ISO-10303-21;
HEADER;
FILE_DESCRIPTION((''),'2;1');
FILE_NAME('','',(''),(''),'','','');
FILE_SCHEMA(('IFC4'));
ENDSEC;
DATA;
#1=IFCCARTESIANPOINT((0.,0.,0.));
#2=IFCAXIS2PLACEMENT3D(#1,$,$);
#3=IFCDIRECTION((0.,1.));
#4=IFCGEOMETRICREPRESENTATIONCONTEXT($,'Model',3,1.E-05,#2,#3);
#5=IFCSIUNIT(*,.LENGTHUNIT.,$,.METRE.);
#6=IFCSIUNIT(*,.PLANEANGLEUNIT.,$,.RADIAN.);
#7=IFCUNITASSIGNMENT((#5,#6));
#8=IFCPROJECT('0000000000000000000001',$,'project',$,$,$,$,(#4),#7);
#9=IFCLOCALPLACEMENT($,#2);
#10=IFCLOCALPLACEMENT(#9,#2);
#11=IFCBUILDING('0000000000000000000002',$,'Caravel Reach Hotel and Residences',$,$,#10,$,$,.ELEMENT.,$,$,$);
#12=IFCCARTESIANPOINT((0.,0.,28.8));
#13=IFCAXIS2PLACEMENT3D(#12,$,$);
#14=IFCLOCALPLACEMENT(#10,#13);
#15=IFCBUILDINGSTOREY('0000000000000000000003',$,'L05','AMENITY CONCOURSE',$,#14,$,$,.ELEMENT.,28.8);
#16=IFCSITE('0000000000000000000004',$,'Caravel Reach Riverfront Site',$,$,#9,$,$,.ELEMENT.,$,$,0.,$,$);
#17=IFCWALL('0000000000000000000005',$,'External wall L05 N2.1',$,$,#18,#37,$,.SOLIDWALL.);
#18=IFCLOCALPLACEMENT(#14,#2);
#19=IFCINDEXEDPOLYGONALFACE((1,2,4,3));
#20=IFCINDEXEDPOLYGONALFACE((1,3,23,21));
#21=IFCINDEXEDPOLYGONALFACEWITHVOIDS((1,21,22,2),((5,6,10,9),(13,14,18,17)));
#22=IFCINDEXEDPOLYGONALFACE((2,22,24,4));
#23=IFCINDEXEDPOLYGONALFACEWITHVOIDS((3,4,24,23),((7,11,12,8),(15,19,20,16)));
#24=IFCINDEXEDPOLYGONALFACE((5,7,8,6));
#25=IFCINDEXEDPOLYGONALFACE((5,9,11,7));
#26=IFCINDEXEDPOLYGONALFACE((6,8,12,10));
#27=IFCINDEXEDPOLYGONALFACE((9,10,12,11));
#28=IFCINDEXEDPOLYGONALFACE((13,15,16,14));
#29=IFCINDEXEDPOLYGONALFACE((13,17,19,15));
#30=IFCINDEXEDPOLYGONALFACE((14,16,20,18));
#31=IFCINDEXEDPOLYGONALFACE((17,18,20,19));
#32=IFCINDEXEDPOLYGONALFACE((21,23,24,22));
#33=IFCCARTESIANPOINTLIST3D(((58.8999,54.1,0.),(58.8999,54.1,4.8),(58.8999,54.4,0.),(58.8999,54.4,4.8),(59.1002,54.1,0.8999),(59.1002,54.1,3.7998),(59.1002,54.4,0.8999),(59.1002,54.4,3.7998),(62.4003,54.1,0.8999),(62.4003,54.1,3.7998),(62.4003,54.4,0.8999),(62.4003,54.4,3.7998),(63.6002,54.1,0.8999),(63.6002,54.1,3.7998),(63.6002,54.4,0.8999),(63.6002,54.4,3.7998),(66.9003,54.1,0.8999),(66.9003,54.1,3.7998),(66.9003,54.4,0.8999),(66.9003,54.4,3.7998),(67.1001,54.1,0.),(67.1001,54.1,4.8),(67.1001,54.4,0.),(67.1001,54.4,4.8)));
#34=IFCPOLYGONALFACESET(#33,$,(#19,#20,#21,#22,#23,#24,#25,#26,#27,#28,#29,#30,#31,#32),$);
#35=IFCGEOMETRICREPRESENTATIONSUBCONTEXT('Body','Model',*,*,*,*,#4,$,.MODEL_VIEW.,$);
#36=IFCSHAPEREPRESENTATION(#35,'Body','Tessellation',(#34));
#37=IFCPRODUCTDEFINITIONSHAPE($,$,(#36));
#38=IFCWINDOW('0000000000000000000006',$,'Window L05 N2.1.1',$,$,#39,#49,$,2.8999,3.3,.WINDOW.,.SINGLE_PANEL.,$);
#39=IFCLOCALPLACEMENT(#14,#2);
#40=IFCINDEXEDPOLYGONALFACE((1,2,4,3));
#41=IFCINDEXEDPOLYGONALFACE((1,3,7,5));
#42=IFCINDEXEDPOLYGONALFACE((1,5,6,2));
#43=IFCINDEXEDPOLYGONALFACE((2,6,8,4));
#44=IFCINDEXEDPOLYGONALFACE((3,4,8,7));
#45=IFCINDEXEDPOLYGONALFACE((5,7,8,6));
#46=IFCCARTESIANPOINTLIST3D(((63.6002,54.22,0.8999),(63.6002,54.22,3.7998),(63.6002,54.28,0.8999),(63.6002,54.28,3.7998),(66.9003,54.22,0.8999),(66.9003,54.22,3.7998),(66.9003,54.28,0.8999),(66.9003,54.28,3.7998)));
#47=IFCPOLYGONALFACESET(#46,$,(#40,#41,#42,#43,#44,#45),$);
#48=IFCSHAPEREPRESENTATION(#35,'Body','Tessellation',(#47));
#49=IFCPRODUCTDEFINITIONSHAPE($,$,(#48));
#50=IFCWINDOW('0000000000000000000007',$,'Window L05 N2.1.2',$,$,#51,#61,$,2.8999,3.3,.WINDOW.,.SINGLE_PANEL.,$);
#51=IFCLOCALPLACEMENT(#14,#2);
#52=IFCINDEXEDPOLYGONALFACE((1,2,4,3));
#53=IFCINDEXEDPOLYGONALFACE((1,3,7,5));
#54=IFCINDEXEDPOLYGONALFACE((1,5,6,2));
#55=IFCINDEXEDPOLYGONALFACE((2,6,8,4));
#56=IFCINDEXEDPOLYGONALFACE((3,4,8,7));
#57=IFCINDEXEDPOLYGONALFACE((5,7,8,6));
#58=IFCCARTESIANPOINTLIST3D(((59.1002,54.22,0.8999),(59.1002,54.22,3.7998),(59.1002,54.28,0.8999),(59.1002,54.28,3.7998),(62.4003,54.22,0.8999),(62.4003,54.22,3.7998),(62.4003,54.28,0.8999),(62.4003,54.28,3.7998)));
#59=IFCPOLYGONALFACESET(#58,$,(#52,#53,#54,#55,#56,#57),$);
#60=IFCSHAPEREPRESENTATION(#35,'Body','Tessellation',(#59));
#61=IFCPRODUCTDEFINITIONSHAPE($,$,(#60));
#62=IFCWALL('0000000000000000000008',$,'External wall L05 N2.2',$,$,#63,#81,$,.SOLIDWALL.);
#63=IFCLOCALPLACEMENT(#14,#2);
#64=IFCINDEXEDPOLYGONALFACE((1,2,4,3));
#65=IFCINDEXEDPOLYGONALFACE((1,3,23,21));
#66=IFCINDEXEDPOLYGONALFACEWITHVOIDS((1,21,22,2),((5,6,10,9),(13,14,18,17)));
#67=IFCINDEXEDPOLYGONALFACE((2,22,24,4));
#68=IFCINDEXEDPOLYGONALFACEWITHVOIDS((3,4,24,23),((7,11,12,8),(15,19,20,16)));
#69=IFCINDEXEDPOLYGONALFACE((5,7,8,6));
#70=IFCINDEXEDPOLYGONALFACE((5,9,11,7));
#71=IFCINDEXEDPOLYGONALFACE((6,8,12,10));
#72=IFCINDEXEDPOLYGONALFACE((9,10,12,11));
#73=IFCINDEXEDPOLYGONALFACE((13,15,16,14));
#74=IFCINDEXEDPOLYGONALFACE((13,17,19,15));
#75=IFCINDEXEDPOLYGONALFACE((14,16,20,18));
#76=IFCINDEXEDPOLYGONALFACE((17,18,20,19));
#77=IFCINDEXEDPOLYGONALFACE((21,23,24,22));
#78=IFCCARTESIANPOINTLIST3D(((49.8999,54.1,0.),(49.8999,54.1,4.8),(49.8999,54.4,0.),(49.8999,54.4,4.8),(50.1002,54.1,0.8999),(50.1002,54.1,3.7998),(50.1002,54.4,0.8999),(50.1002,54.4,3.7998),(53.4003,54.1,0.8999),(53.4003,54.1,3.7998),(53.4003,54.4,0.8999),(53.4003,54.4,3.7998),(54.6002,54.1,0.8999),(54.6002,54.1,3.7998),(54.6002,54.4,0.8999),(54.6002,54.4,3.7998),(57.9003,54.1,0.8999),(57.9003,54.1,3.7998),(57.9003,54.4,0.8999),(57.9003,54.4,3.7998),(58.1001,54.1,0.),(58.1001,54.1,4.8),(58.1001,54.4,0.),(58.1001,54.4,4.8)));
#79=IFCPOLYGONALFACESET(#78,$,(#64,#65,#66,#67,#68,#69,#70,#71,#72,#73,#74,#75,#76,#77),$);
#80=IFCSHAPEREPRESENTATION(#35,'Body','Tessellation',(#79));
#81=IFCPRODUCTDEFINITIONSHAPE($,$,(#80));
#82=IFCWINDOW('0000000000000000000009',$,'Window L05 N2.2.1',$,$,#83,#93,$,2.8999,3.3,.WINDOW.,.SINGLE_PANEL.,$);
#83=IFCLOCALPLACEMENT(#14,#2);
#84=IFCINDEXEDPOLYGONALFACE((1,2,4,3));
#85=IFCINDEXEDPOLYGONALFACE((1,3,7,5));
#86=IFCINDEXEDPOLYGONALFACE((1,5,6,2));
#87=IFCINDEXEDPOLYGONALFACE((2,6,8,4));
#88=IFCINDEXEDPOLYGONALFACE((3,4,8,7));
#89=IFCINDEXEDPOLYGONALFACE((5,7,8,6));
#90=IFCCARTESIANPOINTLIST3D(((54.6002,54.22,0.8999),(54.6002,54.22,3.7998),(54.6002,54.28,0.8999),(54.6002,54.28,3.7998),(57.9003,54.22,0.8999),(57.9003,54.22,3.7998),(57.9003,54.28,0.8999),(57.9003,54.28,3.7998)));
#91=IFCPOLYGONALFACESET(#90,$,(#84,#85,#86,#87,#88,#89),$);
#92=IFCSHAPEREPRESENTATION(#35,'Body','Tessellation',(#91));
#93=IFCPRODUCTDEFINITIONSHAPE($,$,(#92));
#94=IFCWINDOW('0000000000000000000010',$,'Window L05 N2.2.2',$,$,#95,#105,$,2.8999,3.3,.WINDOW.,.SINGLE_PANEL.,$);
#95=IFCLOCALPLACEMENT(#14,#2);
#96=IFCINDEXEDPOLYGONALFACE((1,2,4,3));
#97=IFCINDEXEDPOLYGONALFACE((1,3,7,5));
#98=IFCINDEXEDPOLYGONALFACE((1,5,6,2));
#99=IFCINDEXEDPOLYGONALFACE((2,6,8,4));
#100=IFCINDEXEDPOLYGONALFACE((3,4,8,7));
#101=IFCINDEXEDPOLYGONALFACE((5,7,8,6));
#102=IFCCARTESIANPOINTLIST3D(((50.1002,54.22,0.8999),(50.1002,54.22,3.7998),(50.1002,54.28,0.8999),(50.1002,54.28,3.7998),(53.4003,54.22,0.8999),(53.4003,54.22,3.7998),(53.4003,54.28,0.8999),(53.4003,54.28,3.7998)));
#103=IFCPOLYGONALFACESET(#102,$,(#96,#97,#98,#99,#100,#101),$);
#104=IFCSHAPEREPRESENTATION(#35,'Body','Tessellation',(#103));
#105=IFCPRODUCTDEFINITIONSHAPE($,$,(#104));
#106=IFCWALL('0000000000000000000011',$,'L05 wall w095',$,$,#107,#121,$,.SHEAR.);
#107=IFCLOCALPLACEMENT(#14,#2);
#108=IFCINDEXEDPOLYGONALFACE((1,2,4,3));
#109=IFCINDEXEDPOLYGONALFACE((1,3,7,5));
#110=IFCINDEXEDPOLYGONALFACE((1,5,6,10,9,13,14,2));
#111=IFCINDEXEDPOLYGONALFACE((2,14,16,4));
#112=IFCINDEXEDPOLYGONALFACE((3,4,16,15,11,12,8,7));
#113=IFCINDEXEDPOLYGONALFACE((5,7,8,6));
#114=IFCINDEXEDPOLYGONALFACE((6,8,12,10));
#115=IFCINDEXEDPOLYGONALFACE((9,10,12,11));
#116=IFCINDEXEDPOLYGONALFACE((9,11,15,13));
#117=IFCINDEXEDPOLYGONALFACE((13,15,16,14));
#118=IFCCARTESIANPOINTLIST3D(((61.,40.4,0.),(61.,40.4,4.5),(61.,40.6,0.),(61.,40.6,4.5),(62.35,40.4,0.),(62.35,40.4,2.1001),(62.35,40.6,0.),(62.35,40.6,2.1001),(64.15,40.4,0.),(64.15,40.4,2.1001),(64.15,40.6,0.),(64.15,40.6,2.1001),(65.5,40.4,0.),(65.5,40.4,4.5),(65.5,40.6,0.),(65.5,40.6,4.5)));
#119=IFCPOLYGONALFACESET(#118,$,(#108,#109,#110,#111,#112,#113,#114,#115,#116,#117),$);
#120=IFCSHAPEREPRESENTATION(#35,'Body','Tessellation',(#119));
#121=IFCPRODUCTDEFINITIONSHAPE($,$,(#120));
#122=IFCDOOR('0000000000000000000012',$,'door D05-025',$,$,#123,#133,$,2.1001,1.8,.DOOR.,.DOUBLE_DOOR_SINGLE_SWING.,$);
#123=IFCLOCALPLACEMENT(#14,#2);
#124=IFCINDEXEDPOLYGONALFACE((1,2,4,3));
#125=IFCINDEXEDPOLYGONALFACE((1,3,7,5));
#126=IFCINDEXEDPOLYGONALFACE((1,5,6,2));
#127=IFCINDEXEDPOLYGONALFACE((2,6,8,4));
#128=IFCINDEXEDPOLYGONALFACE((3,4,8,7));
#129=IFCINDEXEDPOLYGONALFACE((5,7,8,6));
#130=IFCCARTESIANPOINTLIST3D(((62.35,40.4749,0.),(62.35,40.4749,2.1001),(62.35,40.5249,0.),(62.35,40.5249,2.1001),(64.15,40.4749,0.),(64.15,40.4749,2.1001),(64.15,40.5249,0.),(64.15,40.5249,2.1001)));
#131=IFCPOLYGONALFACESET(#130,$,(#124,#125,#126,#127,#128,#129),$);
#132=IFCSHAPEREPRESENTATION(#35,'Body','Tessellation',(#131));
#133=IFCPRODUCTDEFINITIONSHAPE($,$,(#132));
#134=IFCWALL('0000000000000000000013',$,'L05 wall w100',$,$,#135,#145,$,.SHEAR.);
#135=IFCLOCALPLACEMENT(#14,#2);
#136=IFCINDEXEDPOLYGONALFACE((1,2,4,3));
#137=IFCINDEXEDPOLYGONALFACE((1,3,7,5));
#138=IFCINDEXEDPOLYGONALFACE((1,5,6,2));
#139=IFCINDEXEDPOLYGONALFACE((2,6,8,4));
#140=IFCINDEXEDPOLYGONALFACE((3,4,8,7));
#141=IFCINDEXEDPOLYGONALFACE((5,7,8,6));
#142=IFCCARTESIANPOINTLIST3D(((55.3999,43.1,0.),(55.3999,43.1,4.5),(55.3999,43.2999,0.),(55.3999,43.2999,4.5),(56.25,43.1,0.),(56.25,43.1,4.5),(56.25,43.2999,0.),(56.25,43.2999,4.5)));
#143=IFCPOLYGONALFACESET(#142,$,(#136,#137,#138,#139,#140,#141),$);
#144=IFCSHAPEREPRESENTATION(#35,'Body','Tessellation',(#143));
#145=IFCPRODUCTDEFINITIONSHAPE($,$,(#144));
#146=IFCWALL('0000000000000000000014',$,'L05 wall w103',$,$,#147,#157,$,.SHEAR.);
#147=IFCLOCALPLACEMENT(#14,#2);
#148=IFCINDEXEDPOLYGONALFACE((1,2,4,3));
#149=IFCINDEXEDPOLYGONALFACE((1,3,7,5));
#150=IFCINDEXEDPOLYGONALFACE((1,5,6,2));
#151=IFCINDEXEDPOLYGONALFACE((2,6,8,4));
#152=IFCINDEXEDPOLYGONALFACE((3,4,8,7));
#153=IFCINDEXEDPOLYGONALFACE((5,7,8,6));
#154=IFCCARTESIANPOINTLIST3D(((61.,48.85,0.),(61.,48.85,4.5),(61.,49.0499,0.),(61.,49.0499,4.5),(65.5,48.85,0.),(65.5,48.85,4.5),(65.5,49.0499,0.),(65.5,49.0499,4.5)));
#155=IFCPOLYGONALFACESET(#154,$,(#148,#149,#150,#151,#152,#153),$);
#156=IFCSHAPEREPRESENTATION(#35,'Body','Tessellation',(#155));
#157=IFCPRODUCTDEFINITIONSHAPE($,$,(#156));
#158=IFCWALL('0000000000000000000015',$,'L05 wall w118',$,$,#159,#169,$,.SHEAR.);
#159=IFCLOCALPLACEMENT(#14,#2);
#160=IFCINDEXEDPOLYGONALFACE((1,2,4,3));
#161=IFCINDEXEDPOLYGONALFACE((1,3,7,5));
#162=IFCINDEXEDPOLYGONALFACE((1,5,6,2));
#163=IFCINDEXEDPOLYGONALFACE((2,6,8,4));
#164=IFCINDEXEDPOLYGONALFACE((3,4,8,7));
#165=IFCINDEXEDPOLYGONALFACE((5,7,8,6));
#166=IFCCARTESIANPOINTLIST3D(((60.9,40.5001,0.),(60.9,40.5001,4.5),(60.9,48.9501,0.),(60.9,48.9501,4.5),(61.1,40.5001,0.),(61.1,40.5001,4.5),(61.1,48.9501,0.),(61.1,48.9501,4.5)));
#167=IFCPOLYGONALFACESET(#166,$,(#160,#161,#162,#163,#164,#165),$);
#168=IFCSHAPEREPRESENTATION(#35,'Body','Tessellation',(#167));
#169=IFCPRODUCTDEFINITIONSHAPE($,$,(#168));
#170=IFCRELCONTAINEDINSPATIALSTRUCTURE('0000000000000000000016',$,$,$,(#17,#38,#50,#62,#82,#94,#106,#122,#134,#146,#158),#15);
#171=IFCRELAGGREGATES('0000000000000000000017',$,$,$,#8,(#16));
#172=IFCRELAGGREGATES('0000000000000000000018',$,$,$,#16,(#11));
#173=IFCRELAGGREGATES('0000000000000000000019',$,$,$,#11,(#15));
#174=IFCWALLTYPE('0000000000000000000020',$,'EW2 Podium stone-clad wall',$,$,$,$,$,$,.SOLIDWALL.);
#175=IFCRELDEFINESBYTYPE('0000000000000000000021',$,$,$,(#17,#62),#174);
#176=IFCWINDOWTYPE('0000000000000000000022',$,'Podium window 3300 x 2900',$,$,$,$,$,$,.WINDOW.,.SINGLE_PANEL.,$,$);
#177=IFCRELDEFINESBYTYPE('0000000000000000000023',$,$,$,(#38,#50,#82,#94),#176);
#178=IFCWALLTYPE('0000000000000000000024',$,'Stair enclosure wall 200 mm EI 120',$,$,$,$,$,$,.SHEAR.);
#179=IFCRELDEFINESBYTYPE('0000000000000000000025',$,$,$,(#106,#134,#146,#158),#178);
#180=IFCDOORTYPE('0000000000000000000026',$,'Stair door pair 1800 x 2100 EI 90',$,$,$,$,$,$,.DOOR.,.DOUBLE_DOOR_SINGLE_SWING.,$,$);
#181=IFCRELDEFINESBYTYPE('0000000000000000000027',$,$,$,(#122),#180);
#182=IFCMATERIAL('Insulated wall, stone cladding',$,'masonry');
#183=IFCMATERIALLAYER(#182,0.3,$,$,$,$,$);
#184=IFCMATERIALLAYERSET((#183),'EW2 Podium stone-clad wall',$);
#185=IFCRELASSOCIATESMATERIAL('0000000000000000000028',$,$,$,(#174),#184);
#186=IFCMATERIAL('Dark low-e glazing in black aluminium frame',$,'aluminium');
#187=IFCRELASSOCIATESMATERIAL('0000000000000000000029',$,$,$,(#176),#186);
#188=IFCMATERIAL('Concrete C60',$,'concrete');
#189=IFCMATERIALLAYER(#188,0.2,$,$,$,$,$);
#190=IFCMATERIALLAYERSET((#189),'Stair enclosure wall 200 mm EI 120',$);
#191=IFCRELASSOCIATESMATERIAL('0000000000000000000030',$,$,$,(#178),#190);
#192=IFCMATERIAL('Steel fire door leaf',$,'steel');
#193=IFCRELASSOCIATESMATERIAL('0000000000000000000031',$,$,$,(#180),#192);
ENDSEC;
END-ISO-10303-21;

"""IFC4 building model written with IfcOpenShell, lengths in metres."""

from ifc_helpers import new_model, si_unit, direction, frame, frame_2d, origin, place, context, subcontext, project, spatial, rectangle, extrude, material, layer, layer_set, type_object, element, fill, save


model = new_model("IFC4")

# Units and contexts
model_context = context("Model", 3, precision=1e-05, world=origin(), true_north=direction((0.0, 1.0)))
body_context = subcontext(model_context, "Body", "Model", "MODEL_VIEW")
ifc_project = project(units=[si_unit("LENGTHUNIT", "METRE"), si_unit("PLANEANGLEUNIT", "RADIAN")], contexts=[model_context])

# Site, building, storey
site_placement = place(None, origin())
site = spatial("IfcSite", under=ifc_project, at=site_placement, Name="Caravel Reach Riverfront Site", CompositionType="ELEMENT", RefElevation=0.0)
building_placement = place(site_placement, origin())
building = spatial("IfcBuilding", under=site, at=building_placement, Name="Caravel Reach Hotel and Residences", CompositionType="ELEMENT")
storey_placement = place(building_placement, frame((0.0, 0.0, 28.8)))
storey = spatial("IfcBuildingStorey", under=building, at=storey_placement, Name="L05", Description="AMENITY CONCOURSE", CompositionType="ELEMENT", Elevation=28.8)

# Walls, openings, windows
ifc_material_1 = material(Name="Insulated wall, stone cladding", Category="masonry")
ifc_layer_1 = layer(ifc_material_1, 0.3)
ifc_layer_set_1 = layer_set([ifc_layer_1], Name="EW2 Podium stone-clad wall")
wall_type_1 = type_object("IfcWallType", Name="EW2 Podium stone-clad wall", PredefinedType="SOLIDWALL", material=ifc_layer_set_1)
ifc_material_2 = material(Name="Dark low-e glazing in black aluminium frame", Category="aluminium")
window_type = type_object("IfcWindowType", Name="Podium window 3300 x 2900", PartitioningType="SINGLE_PANEL", PredefinedType="WINDOW", material=ifc_material_2)
wall_1_placement = place(storey_placement, frame((67.1001, 54.25, 0.0), z_axis=(0.0, 0.0, 1.0), x_axis=(-1.0, 0.0, 0.0)))
wall_1 = element("IfcWall", 1, at=wall_1_placement, inside=storey, type_object=wall_type_1, Name="External wall L05 N2.1", PredefinedType="SOLIDWALL", context=body_context, shape_type="SweptSolid", body=[
    extrude(rectangle(XDim=8.2002, YDim=0.3, at=frame_2d((4.1001, 0.0))), origin(), (0.0, 0.0, 1.0), 4.8),
])
opening_1_placement = place(wall_1_placement, frame((0.2, 0.0, 0.8999)))
opening_1 = element("IfcOpeningElement", 2, at=opening_1_placement, cuts=wall_1, PredefinedType="OPENING", context=body_context, shape_type="SweptSolid", body=[
    extrude(rectangle(XDim=3.3, YDim=2.8999, at=frame_2d((1.6499, 1.45))), frame((0.0, 0.1599, 0.0), z_axis=(0.0, -1.0, 0.0), x_axis=(1.0, 0.0, 0.0)), (0.0, 0.0, 1.0), 0.3201),
])
opening_2_placement = place(wall_1_placement, frame((4.7, 0.0, 0.8999)))
opening_2 = element("IfcOpeningElement", 3, at=opening_2_placement, cuts=wall_1, PredefinedType="OPENING", context=body_context, shape_type="SweptSolid", body=[
    extrude(rectangle(XDim=3.3, YDim=2.8999, at=frame_2d((1.6499, 1.45))), frame((0.0, 0.1599, 0.0), z_axis=(0.0, -1.0, 0.0), x_axis=(1.0, 0.0, 0.0)), (0.0, 0.0, 1.0), 0.3201),
])
window_1_placement = place(opening_1_placement, origin())
window_1 = element("IfcWindow", 4, at=window_1_placement, inside=storey, type_object=window_type, Name="Window L05 N2.1.1", OverallHeight=2.8999, OverallWidth=3.3, PartitioningType="SINGLE_PANEL", PredefinedType="WINDOW", context=body_context, shape_type="SweptSolid", body=[
    extrude(rectangle(XDim=3.3, YDim=2.8999, at=frame_2d((1.6499, 1.45))), frame((0.0, 0.03, 0.0), z_axis=(0.0, -1.0, 0.0), x_axis=(1.0, 0.0, 0.0)), (0.0, 0.0, 1.0), 0.0601),
])
fill(opening_1, window_1)
window_2_placement = place(opening_2_placement, origin())
window_2 = element("IfcWindow", 5, at=window_2_placement, inside=storey, type_object=window_type, Name="Window L05 N2.1.2", OverallHeight=2.8999, OverallWidth=3.3, PartitioningType="SINGLE_PANEL", PredefinedType="WINDOW", context=body_context, shape_type="SweptSolid", body=[
    extrude(rectangle(XDim=3.3, YDim=2.8999, at=frame_2d((1.6499, 1.45))), frame((0.0, 0.03, 0.0), z_axis=(0.0, -1.0, 0.0), x_axis=(1.0, 0.0, 0.0)), (0.0, 0.0, 1.0), 0.0601),
])
fill(opening_2, window_2)
wall_2_placement = place(storey_placement, frame((58.1001, 54.25, 0.0), z_axis=(0.0, 0.0, 1.0), x_axis=(-1.0, 0.0, 0.0)))
wall_2 = element("IfcWall", 6, at=wall_2_placement, inside=storey, type_object=wall_type_1, Name="External wall L05 N2.2", PredefinedType="SOLIDWALL", context=body_context, shape_type="SweptSolid", body=[
    extrude(rectangle(XDim=8.2002, YDim=0.3, at=frame_2d((4.1001, 0.0))), origin(), (0.0, 0.0, 1.0), 4.8),
])
opening_3_placement = place(wall_2_placement, frame((0.2, 0.0, 0.8999)))
opening_3 = element("IfcOpeningElement", 7, at=opening_3_placement, cuts=wall_2, PredefinedType="OPENING", context=body_context, shape_type="SweptSolid", body=[
    extrude(rectangle(XDim=3.3, YDim=2.8999, at=frame_2d((1.6499, 1.45))), frame((0.0, 0.1599, 0.0), z_axis=(0.0, -1.0, 0.0), x_axis=(1.0, 0.0, 0.0)), (0.0, 0.0, 1.0), 0.3201),
])
opening_4_placement = place(wall_2_placement, frame((4.7, 0.0, 0.8999)))
opening_4 = element("IfcOpeningElement", 8, at=opening_4_placement, cuts=wall_2, PredefinedType="OPENING", context=body_context, shape_type="SweptSolid", body=[
    extrude(rectangle(XDim=3.3, YDim=2.8999, at=frame_2d((1.6499, 1.45))), frame((0.0, 0.1599, 0.0), z_axis=(0.0, -1.0, 0.0), x_axis=(1.0, 0.0, 0.0)), (0.0, 0.0, 1.0), 0.3201),
])
window_3_placement = place(opening_3_placement, origin())
window_3 = element("IfcWindow", 9, at=window_3_placement, inside=storey, type_object=window_type, Name="Window L05 N2.2.1", OverallHeight=2.8999, OverallWidth=3.3, PartitioningType="SINGLE_PANEL", PredefinedType="WINDOW", context=body_context, shape_type="SweptSolid", body=[
    extrude(rectangle(XDim=3.3, YDim=2.8999, at=frame_2d((1.6499, 1.45))), frame((0.0, 0.03, 0.0), z_axis=(0.0, -1.0, 0.0), x_axis=(1.0, 0.0, 0.0)), (0.0, 0.0, 1.0), 0.0601),
])
fill(opening_3, window_3)
window_4_placement = place(opening_4_placement, origin())
window_4 = element("IfcWindow", 10, at=window_4_placement, inside=storey, type_object=window_type, Name="Window L05 N2.2.2", OverallHeight=2.8999, OverallWidth=3.3, PartitioningType="SINGLE_PANEL", PredefinedType="WINDOW", context=body_context, shape_type="SweptSolid", body=[
    extrude(rectangle(XDim=3.3, YDim=2.8999, at=frame_2d((1.6499, 1.45))), frame((0.0, 0.03, 0.0), z_axis=(0.0, -1.0, 0.0), x_axis=(1.0, 0.0, 0.0)), (0.0, 0.0, 1.0), 0.0601),
])
fill(opening_4, window_4)

# Wall, opening, door
ifc_material_3 = material(Name="Concrete C60", Category="concrete")
ifc_layer_2 = layer(ifc_material_3, 0.2)
ifc_layer_set_2 = layer_set([ifc_layer_2], Name="Stair enclosure wall 200 mm EI 120")
wall_type_2 = type_object("IfcWallType", Name="Stair enclosure wall 200 mm EI 120", PredefinedType="SHEAR", material=ifc_layer_set_2)
wall_3_placement = place(storey_placement, frame((61.0, 40.5, 0.0), z_axis=(0.0, 0.0, 1.0), x_axis=(1.0, 0.0, 0.0)))
wall_3 = element("IfcWall", 11, at=wall_3_placement, inside=storey, type_object=wall_type_2, Name="L05 wall w095", PredefinedType="SHEAR", context=body_context, shape_type="SweptSolid", body=[
    extrude(rectangle(XDim=4.5, YDim=0.2, at=frame_2d((2.25, 0.0))), origin(), (0.0, 0.0, 1.0), 4.5),
])
opening_5_placement = place(wall_3_placement, frame((1.3501, 0.0, 0.0)))
opening_5 = element("IfcOpeningElement", 12, at=opening_5_placement, cuts=wall_3, PredefinedType="OPENING", context=body_context, shape_type="SweptSolid", body=[
    extrude(rectangle(XDim=1.8, YDim=2.1001, at=frame_2d((0.8999, 1.05))), frame((0.0, 0.1099, 0.0), z_axis=(0.0, -1.0, 0.0), x_axis=(1.0, 0.0, 0.0)), (0.0, 0.0, 1.0), 0.22),
])
ifc_material_4 = material(Name="Steel fire door leaf", Category="steel")
door_type_1 = type_object("IfcDoorType", Name="Stair door pair 1800 x 2100 EI 90", OperationType="DOUBLE_DOOR_SINGLE_SWING", PredefinedType="DOOR", material=ifc_material_4)
door_1_placement = place(opening_5_placement, origin())
door_1 = element("IfcDoor", 13, at=door_1_placement, inside=storey, type_object=door_type_1, Name="door D05-025", OperationType="DOUBLE_DOOR_SINGLE_SWING", OverallHeight=2.1001, OverallWidth=1.8, PredefinedType="DOOR", context=body_context, shape_type="SweptSolid", body=[
    extrude(rectangle(XDim=1.8, YDim=2.1001, at=frame_2d((0.8999, 1.05))), frame((0.0, 0.0249, 0.0), z_axis=(0.0, -1.0, 0.0), x_axis=(1.0, 0.0, 0.0)), (0.0, 0.0, 1.0), 0.05),
])
fill(opening_5, door_1)

# Walls
wall_4_placement = place(storey_placement, frame((55.3999, 43.2, 0.0), z_axis=(0.0, 0.0, 1.0), x_axis=(1.0, 0.0, 0.0)))
element("IfcWall", 14, at=wall_4_placement, inside=storey, type_object=wall_type_2, Name="L05 wall w100", PredefinedType="SHEAR", context=body_context, shape_type="SweptSolid", body=[
    extrude(rectangle(XDim=0.8501, YDim=0.2, at=frame_2d((0.425, 0.0))), origin(), (0.0, 0.0, 1.0), 4.5),
])
wall_5_placement = place(storey_placement, frame((61.0, 48.95, 0.0), z_axis=(0.0, 0.0, 1.0), x_axis=(1.0, 0.0, 0.0)))
element("IfcWall", 15, at=wall_5_placement, inside=storey, type_object=wall_type_2, Name="L05 wall w103", PredefinedType="SHEAR", context=body_context, shape_type="SweptSolid", body=[
    extrude(rectangle(XDim=4.5, YDim=0.2, at=frame_2d((2.25, 0.0))), origin(), (0.0, 0.0, 1.0), 4.5),
])
for number, where, z_axis, x_axis, name in (
    (16, (61.0, 40.5, 0.0), (0.0, 0.0, 1.0), (0.0, 1.0, 0.0), "L05 wall w118"),
):
    element("IfcWall", number, at=place(storey_placement, frame(where, z_axis=z_axis, x_axis=x_axis)), inside=storey, type_object=wall_type_2, Name=name, PredefinedType="SHEAR", context=body_context, shape_type="SweptSolid", body=[
        extrude(rectangle(XDim=8.45, YDim=0.2, at=frame_2d((4.2251, 0.0))), origin(), (0.0, 0.0, 1.0), 4.5),
    ])

save(model, "model.ifc")
